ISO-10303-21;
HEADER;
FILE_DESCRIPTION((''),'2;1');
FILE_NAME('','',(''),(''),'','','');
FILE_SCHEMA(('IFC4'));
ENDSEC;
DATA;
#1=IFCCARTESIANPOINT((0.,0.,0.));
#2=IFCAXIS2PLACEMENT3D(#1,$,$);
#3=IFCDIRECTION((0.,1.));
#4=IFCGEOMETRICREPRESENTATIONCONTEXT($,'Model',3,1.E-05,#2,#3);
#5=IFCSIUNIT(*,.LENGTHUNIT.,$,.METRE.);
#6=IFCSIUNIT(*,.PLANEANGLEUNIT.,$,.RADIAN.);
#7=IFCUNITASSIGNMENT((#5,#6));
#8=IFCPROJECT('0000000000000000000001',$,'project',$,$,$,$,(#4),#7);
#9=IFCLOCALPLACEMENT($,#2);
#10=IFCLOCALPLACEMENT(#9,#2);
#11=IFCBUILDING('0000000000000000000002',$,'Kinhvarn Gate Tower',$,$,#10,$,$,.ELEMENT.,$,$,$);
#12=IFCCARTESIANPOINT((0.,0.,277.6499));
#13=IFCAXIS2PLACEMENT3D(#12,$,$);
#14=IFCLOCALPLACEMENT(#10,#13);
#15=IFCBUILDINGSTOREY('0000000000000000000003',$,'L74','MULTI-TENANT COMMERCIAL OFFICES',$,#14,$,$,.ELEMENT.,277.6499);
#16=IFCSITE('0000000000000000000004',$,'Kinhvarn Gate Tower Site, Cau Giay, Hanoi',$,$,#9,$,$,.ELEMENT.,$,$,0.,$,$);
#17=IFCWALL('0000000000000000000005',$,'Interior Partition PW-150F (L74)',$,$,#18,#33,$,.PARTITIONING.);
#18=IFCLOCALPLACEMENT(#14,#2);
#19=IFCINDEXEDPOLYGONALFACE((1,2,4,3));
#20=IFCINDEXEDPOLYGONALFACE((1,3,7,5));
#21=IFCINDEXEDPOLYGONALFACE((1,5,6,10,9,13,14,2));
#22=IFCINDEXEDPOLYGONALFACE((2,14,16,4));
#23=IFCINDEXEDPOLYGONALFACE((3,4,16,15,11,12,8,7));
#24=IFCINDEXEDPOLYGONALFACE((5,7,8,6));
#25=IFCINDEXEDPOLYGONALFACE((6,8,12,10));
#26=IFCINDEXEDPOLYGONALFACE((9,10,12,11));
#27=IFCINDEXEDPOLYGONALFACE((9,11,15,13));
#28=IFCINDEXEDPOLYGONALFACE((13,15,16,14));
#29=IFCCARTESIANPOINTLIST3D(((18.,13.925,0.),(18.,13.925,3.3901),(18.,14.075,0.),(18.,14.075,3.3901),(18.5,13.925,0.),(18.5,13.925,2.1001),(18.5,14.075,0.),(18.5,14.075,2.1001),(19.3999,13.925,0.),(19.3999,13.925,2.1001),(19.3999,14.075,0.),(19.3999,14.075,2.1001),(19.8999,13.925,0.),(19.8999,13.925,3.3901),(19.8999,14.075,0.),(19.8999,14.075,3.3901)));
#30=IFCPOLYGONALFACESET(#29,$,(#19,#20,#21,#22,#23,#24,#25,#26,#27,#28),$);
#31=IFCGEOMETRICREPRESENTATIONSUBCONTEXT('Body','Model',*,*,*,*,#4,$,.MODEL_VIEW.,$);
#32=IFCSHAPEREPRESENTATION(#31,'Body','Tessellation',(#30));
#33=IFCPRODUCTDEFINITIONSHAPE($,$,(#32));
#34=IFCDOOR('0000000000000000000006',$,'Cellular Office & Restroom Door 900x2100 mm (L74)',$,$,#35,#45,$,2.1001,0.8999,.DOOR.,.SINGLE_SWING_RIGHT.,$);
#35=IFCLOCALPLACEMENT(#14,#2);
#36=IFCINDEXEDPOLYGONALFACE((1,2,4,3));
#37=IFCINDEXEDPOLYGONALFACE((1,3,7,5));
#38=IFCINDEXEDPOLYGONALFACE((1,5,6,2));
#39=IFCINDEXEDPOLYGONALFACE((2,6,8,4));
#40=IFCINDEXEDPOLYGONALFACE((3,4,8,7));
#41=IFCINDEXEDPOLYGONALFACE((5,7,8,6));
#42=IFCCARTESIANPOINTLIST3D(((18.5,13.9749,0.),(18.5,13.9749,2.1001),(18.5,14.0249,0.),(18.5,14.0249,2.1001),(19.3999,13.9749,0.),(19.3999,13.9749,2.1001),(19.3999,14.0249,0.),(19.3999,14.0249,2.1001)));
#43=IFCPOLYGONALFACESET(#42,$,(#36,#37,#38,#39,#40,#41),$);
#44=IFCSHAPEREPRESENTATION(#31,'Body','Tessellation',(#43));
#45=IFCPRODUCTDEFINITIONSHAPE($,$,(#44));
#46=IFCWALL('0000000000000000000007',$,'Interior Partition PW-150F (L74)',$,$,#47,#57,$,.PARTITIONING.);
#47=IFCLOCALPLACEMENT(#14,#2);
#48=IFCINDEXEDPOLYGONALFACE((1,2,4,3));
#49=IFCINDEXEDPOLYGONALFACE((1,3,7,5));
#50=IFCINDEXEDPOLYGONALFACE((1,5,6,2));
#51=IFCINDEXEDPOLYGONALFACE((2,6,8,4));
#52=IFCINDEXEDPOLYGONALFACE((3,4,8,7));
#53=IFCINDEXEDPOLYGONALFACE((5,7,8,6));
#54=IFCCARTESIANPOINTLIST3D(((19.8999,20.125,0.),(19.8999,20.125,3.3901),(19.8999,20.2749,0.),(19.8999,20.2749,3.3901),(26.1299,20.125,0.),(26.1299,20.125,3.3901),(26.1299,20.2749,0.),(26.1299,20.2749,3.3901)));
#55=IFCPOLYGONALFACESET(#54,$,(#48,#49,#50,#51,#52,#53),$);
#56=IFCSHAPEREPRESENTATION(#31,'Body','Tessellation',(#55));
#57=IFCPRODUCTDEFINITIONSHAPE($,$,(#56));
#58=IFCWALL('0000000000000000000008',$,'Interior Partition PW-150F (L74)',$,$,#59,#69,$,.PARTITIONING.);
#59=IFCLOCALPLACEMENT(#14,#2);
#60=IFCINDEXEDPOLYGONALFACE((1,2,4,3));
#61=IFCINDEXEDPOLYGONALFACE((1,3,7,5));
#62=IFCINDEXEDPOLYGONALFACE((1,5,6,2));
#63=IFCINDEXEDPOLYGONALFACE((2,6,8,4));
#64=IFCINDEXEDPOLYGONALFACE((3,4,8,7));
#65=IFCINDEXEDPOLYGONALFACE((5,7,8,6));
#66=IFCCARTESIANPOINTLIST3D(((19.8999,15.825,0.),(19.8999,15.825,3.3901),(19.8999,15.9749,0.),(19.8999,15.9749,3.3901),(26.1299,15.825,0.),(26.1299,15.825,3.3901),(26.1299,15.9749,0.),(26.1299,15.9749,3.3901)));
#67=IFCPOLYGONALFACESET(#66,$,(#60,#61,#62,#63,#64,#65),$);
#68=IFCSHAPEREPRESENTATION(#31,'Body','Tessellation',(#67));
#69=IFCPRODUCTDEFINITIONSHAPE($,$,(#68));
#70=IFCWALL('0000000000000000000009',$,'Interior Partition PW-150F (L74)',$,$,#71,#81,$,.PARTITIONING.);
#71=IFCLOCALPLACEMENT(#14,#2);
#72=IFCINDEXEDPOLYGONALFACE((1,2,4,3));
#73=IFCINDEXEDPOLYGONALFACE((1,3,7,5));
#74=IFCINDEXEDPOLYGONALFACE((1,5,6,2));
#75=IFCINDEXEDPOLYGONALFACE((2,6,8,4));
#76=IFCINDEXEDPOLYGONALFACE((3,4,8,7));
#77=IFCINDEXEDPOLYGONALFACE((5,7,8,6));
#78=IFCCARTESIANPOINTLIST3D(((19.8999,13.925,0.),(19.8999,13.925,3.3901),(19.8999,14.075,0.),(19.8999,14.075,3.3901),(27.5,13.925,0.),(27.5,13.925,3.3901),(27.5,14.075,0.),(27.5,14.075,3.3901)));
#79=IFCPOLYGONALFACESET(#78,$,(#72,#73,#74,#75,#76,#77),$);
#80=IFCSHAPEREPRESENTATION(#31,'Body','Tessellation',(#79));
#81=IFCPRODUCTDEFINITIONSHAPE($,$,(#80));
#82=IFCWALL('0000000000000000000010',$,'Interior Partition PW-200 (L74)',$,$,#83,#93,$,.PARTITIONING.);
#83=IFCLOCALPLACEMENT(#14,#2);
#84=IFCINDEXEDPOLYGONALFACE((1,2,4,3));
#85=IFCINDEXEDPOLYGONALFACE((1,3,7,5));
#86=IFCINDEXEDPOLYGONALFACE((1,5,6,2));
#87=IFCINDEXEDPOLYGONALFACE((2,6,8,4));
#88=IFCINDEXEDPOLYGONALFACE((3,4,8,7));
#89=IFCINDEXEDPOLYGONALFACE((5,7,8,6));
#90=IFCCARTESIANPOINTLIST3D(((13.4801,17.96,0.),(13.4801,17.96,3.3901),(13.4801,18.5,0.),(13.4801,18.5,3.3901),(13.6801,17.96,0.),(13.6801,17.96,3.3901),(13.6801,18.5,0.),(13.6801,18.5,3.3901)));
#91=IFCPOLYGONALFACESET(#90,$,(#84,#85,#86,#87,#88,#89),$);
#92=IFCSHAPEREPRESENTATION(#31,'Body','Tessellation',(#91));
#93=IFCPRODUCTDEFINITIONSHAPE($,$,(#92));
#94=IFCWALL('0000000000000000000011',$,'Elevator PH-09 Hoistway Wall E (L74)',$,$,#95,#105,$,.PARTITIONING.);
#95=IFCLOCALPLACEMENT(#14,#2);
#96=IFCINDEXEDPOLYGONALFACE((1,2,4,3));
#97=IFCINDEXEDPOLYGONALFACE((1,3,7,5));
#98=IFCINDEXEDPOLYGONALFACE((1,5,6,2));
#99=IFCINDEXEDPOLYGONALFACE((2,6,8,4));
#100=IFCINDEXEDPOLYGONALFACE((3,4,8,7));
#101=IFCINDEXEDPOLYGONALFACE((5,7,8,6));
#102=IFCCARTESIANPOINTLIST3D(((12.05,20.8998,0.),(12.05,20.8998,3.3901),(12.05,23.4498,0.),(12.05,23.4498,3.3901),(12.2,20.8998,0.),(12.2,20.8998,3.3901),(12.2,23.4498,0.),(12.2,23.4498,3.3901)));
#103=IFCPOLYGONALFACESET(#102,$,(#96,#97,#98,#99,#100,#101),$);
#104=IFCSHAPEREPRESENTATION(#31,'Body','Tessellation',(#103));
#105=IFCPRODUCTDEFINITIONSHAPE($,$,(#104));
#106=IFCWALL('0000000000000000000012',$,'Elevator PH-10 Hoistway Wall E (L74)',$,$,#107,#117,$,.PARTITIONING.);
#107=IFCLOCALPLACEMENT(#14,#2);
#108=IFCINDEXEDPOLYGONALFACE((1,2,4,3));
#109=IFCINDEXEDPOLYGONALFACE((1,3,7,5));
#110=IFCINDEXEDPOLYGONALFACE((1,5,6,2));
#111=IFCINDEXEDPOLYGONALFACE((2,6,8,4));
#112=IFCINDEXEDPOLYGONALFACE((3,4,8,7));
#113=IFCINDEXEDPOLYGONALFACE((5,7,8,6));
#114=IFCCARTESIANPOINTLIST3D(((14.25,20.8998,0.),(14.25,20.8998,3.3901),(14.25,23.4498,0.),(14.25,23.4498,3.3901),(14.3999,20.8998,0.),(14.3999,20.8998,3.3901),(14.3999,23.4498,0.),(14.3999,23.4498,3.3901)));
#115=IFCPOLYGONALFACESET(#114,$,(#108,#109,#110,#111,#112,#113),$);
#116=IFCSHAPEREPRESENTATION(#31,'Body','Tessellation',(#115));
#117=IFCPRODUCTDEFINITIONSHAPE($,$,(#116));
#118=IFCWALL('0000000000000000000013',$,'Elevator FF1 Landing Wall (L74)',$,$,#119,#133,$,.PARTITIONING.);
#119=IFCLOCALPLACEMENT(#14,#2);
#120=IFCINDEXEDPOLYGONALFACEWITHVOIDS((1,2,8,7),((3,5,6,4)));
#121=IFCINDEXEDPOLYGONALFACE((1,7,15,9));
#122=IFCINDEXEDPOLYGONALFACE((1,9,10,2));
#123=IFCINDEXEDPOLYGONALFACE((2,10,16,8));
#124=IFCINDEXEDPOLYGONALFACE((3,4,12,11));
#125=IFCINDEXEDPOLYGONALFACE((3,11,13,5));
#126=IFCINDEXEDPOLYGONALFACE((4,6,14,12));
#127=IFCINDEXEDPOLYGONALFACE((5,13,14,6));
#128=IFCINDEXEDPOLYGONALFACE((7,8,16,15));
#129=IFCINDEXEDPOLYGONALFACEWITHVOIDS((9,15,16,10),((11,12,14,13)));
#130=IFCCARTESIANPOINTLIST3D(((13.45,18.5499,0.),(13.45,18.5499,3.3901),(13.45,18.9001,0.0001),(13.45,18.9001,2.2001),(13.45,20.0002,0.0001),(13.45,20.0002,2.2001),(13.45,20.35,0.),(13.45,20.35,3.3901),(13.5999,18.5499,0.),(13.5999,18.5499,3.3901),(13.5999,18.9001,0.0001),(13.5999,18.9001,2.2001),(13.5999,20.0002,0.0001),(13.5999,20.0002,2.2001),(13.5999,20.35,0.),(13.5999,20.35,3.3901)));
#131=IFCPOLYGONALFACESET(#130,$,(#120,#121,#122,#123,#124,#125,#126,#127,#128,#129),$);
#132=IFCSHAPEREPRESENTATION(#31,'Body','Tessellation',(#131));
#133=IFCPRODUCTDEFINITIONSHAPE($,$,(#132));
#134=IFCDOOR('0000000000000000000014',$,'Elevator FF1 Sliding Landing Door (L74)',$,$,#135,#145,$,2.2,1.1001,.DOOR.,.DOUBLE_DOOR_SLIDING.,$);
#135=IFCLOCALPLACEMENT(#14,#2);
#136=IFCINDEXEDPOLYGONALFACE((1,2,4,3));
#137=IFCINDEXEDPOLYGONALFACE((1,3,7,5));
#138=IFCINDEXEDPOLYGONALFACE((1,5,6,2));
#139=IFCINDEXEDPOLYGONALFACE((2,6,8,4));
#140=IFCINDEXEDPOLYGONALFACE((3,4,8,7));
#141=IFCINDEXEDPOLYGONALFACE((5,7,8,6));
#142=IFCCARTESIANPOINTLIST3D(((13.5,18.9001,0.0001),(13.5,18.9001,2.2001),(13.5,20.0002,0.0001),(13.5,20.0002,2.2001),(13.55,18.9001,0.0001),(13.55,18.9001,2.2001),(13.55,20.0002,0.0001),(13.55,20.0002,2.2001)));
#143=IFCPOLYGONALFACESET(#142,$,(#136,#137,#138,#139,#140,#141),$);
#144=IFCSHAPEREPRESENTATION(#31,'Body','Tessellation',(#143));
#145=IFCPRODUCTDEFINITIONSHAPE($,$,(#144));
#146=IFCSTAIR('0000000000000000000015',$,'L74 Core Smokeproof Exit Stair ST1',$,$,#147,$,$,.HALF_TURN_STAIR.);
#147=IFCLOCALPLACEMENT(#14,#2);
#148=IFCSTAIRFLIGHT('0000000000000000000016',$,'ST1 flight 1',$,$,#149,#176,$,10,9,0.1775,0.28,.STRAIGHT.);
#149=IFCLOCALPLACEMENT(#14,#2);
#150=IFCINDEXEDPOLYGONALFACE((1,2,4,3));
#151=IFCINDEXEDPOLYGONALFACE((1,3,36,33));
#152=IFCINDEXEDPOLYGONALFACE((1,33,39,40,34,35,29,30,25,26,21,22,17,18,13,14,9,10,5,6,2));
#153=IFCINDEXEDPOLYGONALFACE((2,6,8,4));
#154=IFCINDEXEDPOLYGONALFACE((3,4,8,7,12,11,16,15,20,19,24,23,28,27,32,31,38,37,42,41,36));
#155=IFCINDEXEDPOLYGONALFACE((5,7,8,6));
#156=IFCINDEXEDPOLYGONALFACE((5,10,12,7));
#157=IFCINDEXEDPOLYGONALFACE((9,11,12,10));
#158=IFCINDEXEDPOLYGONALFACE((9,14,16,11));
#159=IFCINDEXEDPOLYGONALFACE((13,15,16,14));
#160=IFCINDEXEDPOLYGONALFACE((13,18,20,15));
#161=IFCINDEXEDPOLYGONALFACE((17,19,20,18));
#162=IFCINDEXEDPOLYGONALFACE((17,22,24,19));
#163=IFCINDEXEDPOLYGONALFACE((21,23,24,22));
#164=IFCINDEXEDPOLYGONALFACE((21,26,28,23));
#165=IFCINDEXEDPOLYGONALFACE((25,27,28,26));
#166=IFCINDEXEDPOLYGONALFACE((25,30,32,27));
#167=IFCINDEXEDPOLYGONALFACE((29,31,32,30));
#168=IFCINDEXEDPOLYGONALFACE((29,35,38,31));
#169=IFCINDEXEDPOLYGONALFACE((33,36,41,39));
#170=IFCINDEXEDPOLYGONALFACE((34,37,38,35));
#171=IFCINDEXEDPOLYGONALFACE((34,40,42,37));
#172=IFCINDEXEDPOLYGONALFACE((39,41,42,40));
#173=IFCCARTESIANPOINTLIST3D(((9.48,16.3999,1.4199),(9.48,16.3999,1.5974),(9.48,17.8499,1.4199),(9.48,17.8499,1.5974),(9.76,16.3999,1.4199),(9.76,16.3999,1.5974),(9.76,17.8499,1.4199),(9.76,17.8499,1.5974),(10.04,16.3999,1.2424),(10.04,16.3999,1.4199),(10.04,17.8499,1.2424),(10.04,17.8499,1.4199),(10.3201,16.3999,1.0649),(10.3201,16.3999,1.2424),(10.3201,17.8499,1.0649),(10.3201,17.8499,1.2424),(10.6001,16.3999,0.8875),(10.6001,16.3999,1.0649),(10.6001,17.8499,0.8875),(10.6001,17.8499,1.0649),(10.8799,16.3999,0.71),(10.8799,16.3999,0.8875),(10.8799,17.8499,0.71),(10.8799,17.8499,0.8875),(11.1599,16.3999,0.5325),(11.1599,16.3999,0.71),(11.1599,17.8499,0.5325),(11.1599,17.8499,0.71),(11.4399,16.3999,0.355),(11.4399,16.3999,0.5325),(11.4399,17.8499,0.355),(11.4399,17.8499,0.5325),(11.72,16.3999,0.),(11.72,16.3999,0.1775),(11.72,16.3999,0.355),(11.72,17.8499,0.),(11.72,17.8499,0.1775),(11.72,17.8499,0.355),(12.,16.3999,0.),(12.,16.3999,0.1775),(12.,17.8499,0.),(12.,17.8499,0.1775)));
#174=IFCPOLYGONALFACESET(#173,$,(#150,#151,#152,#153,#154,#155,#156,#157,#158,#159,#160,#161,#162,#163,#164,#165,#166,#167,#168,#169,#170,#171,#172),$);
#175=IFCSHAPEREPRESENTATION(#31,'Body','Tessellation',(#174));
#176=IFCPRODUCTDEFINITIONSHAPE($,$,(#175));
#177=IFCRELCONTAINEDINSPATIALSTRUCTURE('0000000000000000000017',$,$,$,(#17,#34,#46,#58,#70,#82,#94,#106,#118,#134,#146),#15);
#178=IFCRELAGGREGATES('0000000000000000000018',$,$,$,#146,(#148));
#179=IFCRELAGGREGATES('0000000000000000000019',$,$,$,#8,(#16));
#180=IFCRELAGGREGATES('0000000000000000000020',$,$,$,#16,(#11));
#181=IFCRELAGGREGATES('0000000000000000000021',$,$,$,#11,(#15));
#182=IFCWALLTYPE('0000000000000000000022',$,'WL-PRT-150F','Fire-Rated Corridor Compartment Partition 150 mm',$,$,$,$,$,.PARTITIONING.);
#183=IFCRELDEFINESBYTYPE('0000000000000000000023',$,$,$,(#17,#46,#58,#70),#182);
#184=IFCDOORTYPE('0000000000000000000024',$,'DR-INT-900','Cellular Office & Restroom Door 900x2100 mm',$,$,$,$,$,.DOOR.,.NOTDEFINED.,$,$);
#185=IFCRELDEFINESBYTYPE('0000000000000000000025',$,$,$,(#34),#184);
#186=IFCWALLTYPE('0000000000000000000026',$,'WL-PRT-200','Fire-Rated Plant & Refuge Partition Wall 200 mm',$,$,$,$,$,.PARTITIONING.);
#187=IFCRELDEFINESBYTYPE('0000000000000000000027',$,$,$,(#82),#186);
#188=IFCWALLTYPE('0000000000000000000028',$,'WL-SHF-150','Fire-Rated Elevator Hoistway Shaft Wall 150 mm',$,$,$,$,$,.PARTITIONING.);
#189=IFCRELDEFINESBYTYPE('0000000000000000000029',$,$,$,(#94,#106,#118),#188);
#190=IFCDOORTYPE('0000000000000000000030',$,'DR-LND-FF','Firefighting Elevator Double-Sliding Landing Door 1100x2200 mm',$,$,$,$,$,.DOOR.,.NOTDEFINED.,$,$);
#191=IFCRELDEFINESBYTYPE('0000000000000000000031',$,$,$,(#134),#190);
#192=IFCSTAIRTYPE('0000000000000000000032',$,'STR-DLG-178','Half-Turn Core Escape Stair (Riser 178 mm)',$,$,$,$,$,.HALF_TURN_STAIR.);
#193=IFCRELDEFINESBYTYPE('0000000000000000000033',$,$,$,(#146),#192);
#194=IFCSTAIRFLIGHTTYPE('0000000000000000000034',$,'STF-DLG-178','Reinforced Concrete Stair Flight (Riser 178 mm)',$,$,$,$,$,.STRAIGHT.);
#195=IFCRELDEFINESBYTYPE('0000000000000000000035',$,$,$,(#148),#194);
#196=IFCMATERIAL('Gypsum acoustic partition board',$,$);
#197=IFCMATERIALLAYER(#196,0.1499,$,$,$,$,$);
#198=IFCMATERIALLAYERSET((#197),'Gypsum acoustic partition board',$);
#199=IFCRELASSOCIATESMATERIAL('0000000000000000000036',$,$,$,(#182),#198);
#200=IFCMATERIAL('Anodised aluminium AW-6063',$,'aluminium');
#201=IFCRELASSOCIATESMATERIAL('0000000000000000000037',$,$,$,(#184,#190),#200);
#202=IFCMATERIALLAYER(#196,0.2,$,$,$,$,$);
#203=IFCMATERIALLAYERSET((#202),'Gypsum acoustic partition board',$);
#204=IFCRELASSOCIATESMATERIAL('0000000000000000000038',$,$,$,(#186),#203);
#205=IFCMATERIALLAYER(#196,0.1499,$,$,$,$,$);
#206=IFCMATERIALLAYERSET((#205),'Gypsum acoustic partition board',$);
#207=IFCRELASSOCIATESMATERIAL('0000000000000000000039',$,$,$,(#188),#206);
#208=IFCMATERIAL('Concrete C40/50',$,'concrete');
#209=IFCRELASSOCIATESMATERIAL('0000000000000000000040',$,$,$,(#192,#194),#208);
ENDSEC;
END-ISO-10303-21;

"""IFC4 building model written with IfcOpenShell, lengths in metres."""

from ifc_helpers import new_model, si_unit, direction, frame, frame_2d, origin, place, context, subcontext, project, spatial, polyline, rectangle, outline, extrude, material, layer, layer_set, type_object, element, fill, aggregate, save


model = new_model("IFC4")

# Units and contexts
model_context = context("Model", 3, precision=1e-05, world=origin(), true_north=direction((0.0, 1.0)))
body_context = subcontext(model_context, "Body", "Model", "MODEL_VIEW")
ifc_project = project(units=[si_unit("LENGTHUNIT", "METRE"), si_unit("PLANEANGLEUNIT", "RADIAN")], contexts=[model_context])

# Site, building, storey
site_placement = place(None, origin())
site = spatial("IfcSite", under=ifc_project, at=site_placement, Name="Kinhvarn Gate Tower Site, Cau Giay, Hanoi", CompositionType="ELEMENT", RefElevation=0.0)
building_placement = place(site_placement, origin())
building = spatial("IfcBuilding", under=site, at=building_placement, Name="Kinhvarn Gate Tower", CompositionType="ELEMENT")
storey_placement = place(building_placement, frame((0.0, 0.0, 277.6499)))
storey = spatial("IfcBuildingStorey", under=building, at=storey_placement, Name="L74", Description="MULTI-TENANT COMMERCIAL OFFICES", CompositionType="ELEMENT", Elevation=277.6499)

# Wall, opening, door
ifc_material_1 = material(Name="Anodised aluminium AW-6063", Category="aluminium")
ifc_material_2 = material(Name="Gypsum acoustic partition board")
ifc_layer_1 = layer(ifc_material_2, 0.1499)
ifc_layer_set_1 = layer_set([ifc_layer_1], Name="Gypsum acoustic partition board")
wall_type_1 = type_object("IfcWallType", Name="WL-PRT-150F", Description="Fire-Rated Corridor Compartment Partition 150 mm", PredefinedType="PARTITIONING", material=ifc_layer_set_1)
wall_1_placement = place(storey_placement, frame((18.0, 14.0, 0.0), z_axis=(0.0, 0.0, 1.0), x_axis=(1.0, 0.0, 0.0)))
wall_1 = element("IfcWall", 1, at=wall_1_placement, inside=storey, type_object=wall_type_1, Name="Interior Partition PW-150F (L74)", PredefinedType="PARTITIONING", context=body_context, shape_type="SweptSolid", body=[
    extrude(rectangle(XDim=1.8999, YDim=0.1499, at=frame_2d((0.95, 0.0))), origin(), (0.0, 0.0, 1.0), 3.3901),
])
opening_1_placement = place(wall_1_placement, frame((0.5, 0.0, 0.0)))
opening_1 = element("IfcOpeningElement", 2, at=opening_1_placement, cuts=wall_1, PredefinedType="OPENING", context=body_context, shape_type="SweptSolid", body=[
    extrude(rectangle(XDim=0.8999, YDim=2.1001, at=frame_2d((0.45, 1.05))), frame((0.0, 0.085, 0.0), z_axis=(0.0, -1.0, 0.0), x_axis=(1.0, 0.0, 0.0)), (0.0, 0.0, 1.0), 0.1699),
])
door_type_1 = type_object("IfcDoorType", Name="DR-INT-900", Description="Cellular Office & Restroom Door 900x2100 mm", OperationType="NOTDEFINED", PredefinedType="DOOR", material=ifc_material_1)
door_1_placement = place(opening_1_placement, origin())
door_1 = element("IfcDoor", 3, at=door_1_placement, inside=storey, type_object=door_type_1, Name="Cellular Office & Restroom Door 900x2100 mm (L74)", OperationType="SINGLE_SWING_RIGHT", OverallHeight=2.1001, OverallWidth=0.8999, PredefinedType="DOOR", context=body_context, shape_type="SweptSolid", body=[
    extrude(rectangle(XDim=0.8999, YDim=2.1001, at=frame_2d((0.45, 1.05))), frame((0.0, 0.0249, 0.0), z_axis=(0.0, -1.0, 0.0), x_axis=(1.0, 0.0, 0.0)), (0.0, 0.0, 1.0), 0.05),
])
fill(opening_1, door_1)

# Walls
for number, where, z_axis, x_axis, name in (
    (4, (19.8999, 20.2, 0.0), (0.0, 0.0, 1.0), (1.0, 0.0, 0.0), "Interior Partition PW-150F (L74)"),
    (5, (19.8999, 15.8999, 0.0), (0.0, 0.0, 1.0), (1.0, 0.0, 0.0), "Interior Partition PW-150F (L74)"),
):
    element("IfcWall", number, at=place(storey_placement, frame(where, z_axis=z_axis, x_axis=x_axis)), inside=storey, type_object=wall_type_1, Name=name, PredefinedType="PARTITIONING", context=body_context, shape_type="SweptSolid", body=[
        extrude(rectangle(XDim=6.23, YDim=0.1499, at=frame_2d((3.115, 0.0))), origin(), (0.0, 0.0, 1.0), 3.3901),
    ])
wall_2_placement = place(storey_placement, frame((19.8999, 14.0, 0.0), z_axis=(0.0, 0.0, 1.0), x_axis=(1.0, 0.0, 0.0)))
element("IfcWall", 6, at=wall_2_placement, inside=storey, type_object=wall_type_1, Name="Interior Partition PW-150F (L74)", PredefinedType="PARTITIONING", context=body_context, shape_type="SweptSolid", body=[
    extrude(rectangle(XDim=7.6001, YDim=0.1499, at=frame_2d((3.8, 0.0))), origin(), (0.0, 0.0, 1.0), 3.3901),
])
ifc_layer_2 = layer(ifc_material_2, 0.2)
ifc_layer_set_2 = layer_set([ifc_layer_2], Name="Gypsum acoustic partition board")
wall_type_2 = type_object("IfcWallType", Name="WL-PRT-200", Description="Fire-Rated Plant & Refuge Partition Wall 200 mm", PredefinedType="PARTITIONING", material=ifc_layer_set_2)
wall_3_placement = place(storey_placement, frame((13.5801, 17.96, 0.0), z_axis=(0.0, 0.0, 1.0), x_axis=(0.0, 1.0, 0.0)))
element("IfcWall", 7, at=wall_3_placement, inside=storey, type_object=wall_type_2, Name="Interior Partition PW-200 (L74)", PredefinedType="PARTITIONING", context=body_context, shape_type="SweptSolid", body=[
    extrude(rectangle(XDim=0.54, YDim=0.2, at=frame_2d((0.27, 0.0))), origin(), (0.0, 0.0, 1.0), 3.3901),
])
ifc_layer_3 = layer(ifc_material_2, 0.1499)
ifc_layer_set_3 = layer_set([ifc_layer_3], Name="Gypsum acoustic partition board")
wall_type_3 = type_object("IfcWallType", Name="WL-SHF-150", Description="Fire-Rated Elevator Hoistway Shaft Wall 150 mm", PredefinedType="PARTITIONING", material=ifc_layer_set_3)
for number, where, z_axis, x_axis, name in (
    (8, (12.125, 20.8999, 0.0), (0.0, 0.0, 1.0), (0.0, 1.0, 0.0), "Elevator PH-09 Hoistway Wall E (L74)"),
    (9, (14.325, 20.8999, 0.0), (0.0, 0.0, 1.0), (0.0, 1.0, 0.0), "Elevator PH-10 Hoistway Wall E (L74)"),
):
    element("IfcWall", number, at=place(storey_placement, frame(where, z_axis=z_axis, x_axis=x_axis)), inside=storey, type_object=wall_type_3, Name=name, PredefinedType="PARTITIONING", context=body_context, shape_type="SweptSolid", body=[
        extrude(rectangle(XDim=2.55, YDim=0.1499, at=frame_2d((1.2749, 0.0))), origin(), (0.0, 0.0, 1.0), 3.3901),
    ])

# Wall, opening, door
wall_4_placement = place(storey_placement, frame((13.5249, 18.55, 0.0), z_axis=(0.0, 0.0, 1.0), x_axis=(0.0, 1.0, 0.0)))
wall_4 = element("IfcWall", 10, at=wall_4_placement, inside=storey, type_object=wall_type_3, Name="Elevator FF1 Landing Wall (L74)", PredefinedType="PARTITIONING", context=body_context, shape_type="SweptSolid", body=[
    extrude(rectangle(XDim=1.8, YDim=0.1499, at=frame_2d((0.8999, 0.0))), origin(), (0.0, 0.0, 1.0), 3.3901),
])
opening_2_placement = place(wall_4_placement, frame((0.3501, 0.0, 0.0)))
opening_2 = element("IfcOpeningElement", 11, at=opening_2_placement, cuts=wall_4, PredefinedType="OPENING", context=body_context, shape_type="SweptSolid", body=[
    extrude(rectangle(XDim=1.1001, YDim=2.2, at=frame_2d((0.55, 1.1001))), frame((0.0, 0.085, 0.0), z_axis=(0.0, -1.0, 0.0), x_axis=(1.0, 0.0, 0.0)), (0.0, 0.0, 1.0), 0.1699),
])
door_type_2 = type_object("IfcDoorType", Name="DR-LND-FF", Description="Firefighting Elevator Double-Sliding Landing Door 1100x2200 mm", OperationType="NOTDEFINED", PredefinedType="DOOR", material=ifc_material_1)
door_2_placement = place(opening_2_placement, origin())
door_2 = element("IfcDoor", 12, at=door_2_placement, inside=storey, type_object=door_type_2, Name="Elevator FF1 Sliding Landing Door (L74)", OperationType="DOUBLE_DOOR_SLIDING", OverallHeight=2.2, OverallWidth=1.1001, PredefinedType="DOOR", context=body_context, shape_type="SweptSolid", body=[
    extrude(rectangle(XDim=1.1001, YDim=2.2, at=frame_2d((0.55, 1.1001))), frame((0.0, 0.0249, 0.0), z_axis=(0.0, -1.0, 0.0), x_axis=(1.0, 0.0, 0.0)), (0.0, 0.0, 1.0), 0.05),
])
fill(opening_2, door_2)
ifc_material_3 = material(Name="Concrete C40/50", Category="concrete")

# Stair, stair flight
stair_type = type_object("IfcStairType", Name="STR-DLG-178", Description="Half-Turn Core Escape Stair (Riser 178 mm)", PredefinedType="HALF_TURN_STAIR", material=ifc_material_3)
stair_placement = place(storey_placement, origin())
stair = element("IfcStair", 13, at=stair_placement, inside=storey, type_object=stair_type, Name="L74 Core Smokeproof Exit Stair ST1", PredefinedType="HALF_TURN_STAIR")
stair_flight_type = type_object("IfcStairFlightType", Name="STF-DLG-178", Description="Reinforced Concrete Stair Flight (Riser 178 mm)", PredefinedType="STRAIGHT", material=ifc_material_3)
stair_flight_placement = place(storey_placement, frame((12.0, 17.125, 0.0), z_axis=(0.0, 0.0, 1.0), x_axis=(-1.0, 0.0, 0.0)))
stair_flight = element("IfcStairFlight", 14, at=stair_flight_placement, type_object=stair_flight_type, Name="ST1 flight 1", NumberOfRisers=10, NumberOfTreads=9, PredefinedType="STRAIGHT", RiserHeight=0.1775, TreadLength=0.28, context=body_context, shape_type="SweptSolid", body=[
    extrude(outline(polyline([(0.0, 0.0), (0.0, 0.1775), (0.28, 0.1775), (0.28, 0.355), (0.5601, 0.355), (0.5601, 0.5325), (0.8401, 0.5325), (0.8401, 0.71), (1.1201, 0.71), (1.1201, 0.8875), (1.3999, 0.8875), (1.3999, 1.0649), (1.6799, 1.0649), (1.6799, 1.2424), (1.96, 1.2424), (1.96, 1.4199), (2.24, 1.4199), (2.24, 1.5974), (2.52, 1.5974), (2.52, 1.7749), (2.52, 1.4199), (0.28, 0.0), (0.0, 0.0)])), frame((0.0, 0.7251, 0.0), z_axis=(0.0, -1.0, 0.0), x_axis=(1.0, 0.0, 0.0)), (0.0, 0.0, 1.0), 1.45),
])
aggregate(stair, [stair_flight])

save(model, "model.ifc")
